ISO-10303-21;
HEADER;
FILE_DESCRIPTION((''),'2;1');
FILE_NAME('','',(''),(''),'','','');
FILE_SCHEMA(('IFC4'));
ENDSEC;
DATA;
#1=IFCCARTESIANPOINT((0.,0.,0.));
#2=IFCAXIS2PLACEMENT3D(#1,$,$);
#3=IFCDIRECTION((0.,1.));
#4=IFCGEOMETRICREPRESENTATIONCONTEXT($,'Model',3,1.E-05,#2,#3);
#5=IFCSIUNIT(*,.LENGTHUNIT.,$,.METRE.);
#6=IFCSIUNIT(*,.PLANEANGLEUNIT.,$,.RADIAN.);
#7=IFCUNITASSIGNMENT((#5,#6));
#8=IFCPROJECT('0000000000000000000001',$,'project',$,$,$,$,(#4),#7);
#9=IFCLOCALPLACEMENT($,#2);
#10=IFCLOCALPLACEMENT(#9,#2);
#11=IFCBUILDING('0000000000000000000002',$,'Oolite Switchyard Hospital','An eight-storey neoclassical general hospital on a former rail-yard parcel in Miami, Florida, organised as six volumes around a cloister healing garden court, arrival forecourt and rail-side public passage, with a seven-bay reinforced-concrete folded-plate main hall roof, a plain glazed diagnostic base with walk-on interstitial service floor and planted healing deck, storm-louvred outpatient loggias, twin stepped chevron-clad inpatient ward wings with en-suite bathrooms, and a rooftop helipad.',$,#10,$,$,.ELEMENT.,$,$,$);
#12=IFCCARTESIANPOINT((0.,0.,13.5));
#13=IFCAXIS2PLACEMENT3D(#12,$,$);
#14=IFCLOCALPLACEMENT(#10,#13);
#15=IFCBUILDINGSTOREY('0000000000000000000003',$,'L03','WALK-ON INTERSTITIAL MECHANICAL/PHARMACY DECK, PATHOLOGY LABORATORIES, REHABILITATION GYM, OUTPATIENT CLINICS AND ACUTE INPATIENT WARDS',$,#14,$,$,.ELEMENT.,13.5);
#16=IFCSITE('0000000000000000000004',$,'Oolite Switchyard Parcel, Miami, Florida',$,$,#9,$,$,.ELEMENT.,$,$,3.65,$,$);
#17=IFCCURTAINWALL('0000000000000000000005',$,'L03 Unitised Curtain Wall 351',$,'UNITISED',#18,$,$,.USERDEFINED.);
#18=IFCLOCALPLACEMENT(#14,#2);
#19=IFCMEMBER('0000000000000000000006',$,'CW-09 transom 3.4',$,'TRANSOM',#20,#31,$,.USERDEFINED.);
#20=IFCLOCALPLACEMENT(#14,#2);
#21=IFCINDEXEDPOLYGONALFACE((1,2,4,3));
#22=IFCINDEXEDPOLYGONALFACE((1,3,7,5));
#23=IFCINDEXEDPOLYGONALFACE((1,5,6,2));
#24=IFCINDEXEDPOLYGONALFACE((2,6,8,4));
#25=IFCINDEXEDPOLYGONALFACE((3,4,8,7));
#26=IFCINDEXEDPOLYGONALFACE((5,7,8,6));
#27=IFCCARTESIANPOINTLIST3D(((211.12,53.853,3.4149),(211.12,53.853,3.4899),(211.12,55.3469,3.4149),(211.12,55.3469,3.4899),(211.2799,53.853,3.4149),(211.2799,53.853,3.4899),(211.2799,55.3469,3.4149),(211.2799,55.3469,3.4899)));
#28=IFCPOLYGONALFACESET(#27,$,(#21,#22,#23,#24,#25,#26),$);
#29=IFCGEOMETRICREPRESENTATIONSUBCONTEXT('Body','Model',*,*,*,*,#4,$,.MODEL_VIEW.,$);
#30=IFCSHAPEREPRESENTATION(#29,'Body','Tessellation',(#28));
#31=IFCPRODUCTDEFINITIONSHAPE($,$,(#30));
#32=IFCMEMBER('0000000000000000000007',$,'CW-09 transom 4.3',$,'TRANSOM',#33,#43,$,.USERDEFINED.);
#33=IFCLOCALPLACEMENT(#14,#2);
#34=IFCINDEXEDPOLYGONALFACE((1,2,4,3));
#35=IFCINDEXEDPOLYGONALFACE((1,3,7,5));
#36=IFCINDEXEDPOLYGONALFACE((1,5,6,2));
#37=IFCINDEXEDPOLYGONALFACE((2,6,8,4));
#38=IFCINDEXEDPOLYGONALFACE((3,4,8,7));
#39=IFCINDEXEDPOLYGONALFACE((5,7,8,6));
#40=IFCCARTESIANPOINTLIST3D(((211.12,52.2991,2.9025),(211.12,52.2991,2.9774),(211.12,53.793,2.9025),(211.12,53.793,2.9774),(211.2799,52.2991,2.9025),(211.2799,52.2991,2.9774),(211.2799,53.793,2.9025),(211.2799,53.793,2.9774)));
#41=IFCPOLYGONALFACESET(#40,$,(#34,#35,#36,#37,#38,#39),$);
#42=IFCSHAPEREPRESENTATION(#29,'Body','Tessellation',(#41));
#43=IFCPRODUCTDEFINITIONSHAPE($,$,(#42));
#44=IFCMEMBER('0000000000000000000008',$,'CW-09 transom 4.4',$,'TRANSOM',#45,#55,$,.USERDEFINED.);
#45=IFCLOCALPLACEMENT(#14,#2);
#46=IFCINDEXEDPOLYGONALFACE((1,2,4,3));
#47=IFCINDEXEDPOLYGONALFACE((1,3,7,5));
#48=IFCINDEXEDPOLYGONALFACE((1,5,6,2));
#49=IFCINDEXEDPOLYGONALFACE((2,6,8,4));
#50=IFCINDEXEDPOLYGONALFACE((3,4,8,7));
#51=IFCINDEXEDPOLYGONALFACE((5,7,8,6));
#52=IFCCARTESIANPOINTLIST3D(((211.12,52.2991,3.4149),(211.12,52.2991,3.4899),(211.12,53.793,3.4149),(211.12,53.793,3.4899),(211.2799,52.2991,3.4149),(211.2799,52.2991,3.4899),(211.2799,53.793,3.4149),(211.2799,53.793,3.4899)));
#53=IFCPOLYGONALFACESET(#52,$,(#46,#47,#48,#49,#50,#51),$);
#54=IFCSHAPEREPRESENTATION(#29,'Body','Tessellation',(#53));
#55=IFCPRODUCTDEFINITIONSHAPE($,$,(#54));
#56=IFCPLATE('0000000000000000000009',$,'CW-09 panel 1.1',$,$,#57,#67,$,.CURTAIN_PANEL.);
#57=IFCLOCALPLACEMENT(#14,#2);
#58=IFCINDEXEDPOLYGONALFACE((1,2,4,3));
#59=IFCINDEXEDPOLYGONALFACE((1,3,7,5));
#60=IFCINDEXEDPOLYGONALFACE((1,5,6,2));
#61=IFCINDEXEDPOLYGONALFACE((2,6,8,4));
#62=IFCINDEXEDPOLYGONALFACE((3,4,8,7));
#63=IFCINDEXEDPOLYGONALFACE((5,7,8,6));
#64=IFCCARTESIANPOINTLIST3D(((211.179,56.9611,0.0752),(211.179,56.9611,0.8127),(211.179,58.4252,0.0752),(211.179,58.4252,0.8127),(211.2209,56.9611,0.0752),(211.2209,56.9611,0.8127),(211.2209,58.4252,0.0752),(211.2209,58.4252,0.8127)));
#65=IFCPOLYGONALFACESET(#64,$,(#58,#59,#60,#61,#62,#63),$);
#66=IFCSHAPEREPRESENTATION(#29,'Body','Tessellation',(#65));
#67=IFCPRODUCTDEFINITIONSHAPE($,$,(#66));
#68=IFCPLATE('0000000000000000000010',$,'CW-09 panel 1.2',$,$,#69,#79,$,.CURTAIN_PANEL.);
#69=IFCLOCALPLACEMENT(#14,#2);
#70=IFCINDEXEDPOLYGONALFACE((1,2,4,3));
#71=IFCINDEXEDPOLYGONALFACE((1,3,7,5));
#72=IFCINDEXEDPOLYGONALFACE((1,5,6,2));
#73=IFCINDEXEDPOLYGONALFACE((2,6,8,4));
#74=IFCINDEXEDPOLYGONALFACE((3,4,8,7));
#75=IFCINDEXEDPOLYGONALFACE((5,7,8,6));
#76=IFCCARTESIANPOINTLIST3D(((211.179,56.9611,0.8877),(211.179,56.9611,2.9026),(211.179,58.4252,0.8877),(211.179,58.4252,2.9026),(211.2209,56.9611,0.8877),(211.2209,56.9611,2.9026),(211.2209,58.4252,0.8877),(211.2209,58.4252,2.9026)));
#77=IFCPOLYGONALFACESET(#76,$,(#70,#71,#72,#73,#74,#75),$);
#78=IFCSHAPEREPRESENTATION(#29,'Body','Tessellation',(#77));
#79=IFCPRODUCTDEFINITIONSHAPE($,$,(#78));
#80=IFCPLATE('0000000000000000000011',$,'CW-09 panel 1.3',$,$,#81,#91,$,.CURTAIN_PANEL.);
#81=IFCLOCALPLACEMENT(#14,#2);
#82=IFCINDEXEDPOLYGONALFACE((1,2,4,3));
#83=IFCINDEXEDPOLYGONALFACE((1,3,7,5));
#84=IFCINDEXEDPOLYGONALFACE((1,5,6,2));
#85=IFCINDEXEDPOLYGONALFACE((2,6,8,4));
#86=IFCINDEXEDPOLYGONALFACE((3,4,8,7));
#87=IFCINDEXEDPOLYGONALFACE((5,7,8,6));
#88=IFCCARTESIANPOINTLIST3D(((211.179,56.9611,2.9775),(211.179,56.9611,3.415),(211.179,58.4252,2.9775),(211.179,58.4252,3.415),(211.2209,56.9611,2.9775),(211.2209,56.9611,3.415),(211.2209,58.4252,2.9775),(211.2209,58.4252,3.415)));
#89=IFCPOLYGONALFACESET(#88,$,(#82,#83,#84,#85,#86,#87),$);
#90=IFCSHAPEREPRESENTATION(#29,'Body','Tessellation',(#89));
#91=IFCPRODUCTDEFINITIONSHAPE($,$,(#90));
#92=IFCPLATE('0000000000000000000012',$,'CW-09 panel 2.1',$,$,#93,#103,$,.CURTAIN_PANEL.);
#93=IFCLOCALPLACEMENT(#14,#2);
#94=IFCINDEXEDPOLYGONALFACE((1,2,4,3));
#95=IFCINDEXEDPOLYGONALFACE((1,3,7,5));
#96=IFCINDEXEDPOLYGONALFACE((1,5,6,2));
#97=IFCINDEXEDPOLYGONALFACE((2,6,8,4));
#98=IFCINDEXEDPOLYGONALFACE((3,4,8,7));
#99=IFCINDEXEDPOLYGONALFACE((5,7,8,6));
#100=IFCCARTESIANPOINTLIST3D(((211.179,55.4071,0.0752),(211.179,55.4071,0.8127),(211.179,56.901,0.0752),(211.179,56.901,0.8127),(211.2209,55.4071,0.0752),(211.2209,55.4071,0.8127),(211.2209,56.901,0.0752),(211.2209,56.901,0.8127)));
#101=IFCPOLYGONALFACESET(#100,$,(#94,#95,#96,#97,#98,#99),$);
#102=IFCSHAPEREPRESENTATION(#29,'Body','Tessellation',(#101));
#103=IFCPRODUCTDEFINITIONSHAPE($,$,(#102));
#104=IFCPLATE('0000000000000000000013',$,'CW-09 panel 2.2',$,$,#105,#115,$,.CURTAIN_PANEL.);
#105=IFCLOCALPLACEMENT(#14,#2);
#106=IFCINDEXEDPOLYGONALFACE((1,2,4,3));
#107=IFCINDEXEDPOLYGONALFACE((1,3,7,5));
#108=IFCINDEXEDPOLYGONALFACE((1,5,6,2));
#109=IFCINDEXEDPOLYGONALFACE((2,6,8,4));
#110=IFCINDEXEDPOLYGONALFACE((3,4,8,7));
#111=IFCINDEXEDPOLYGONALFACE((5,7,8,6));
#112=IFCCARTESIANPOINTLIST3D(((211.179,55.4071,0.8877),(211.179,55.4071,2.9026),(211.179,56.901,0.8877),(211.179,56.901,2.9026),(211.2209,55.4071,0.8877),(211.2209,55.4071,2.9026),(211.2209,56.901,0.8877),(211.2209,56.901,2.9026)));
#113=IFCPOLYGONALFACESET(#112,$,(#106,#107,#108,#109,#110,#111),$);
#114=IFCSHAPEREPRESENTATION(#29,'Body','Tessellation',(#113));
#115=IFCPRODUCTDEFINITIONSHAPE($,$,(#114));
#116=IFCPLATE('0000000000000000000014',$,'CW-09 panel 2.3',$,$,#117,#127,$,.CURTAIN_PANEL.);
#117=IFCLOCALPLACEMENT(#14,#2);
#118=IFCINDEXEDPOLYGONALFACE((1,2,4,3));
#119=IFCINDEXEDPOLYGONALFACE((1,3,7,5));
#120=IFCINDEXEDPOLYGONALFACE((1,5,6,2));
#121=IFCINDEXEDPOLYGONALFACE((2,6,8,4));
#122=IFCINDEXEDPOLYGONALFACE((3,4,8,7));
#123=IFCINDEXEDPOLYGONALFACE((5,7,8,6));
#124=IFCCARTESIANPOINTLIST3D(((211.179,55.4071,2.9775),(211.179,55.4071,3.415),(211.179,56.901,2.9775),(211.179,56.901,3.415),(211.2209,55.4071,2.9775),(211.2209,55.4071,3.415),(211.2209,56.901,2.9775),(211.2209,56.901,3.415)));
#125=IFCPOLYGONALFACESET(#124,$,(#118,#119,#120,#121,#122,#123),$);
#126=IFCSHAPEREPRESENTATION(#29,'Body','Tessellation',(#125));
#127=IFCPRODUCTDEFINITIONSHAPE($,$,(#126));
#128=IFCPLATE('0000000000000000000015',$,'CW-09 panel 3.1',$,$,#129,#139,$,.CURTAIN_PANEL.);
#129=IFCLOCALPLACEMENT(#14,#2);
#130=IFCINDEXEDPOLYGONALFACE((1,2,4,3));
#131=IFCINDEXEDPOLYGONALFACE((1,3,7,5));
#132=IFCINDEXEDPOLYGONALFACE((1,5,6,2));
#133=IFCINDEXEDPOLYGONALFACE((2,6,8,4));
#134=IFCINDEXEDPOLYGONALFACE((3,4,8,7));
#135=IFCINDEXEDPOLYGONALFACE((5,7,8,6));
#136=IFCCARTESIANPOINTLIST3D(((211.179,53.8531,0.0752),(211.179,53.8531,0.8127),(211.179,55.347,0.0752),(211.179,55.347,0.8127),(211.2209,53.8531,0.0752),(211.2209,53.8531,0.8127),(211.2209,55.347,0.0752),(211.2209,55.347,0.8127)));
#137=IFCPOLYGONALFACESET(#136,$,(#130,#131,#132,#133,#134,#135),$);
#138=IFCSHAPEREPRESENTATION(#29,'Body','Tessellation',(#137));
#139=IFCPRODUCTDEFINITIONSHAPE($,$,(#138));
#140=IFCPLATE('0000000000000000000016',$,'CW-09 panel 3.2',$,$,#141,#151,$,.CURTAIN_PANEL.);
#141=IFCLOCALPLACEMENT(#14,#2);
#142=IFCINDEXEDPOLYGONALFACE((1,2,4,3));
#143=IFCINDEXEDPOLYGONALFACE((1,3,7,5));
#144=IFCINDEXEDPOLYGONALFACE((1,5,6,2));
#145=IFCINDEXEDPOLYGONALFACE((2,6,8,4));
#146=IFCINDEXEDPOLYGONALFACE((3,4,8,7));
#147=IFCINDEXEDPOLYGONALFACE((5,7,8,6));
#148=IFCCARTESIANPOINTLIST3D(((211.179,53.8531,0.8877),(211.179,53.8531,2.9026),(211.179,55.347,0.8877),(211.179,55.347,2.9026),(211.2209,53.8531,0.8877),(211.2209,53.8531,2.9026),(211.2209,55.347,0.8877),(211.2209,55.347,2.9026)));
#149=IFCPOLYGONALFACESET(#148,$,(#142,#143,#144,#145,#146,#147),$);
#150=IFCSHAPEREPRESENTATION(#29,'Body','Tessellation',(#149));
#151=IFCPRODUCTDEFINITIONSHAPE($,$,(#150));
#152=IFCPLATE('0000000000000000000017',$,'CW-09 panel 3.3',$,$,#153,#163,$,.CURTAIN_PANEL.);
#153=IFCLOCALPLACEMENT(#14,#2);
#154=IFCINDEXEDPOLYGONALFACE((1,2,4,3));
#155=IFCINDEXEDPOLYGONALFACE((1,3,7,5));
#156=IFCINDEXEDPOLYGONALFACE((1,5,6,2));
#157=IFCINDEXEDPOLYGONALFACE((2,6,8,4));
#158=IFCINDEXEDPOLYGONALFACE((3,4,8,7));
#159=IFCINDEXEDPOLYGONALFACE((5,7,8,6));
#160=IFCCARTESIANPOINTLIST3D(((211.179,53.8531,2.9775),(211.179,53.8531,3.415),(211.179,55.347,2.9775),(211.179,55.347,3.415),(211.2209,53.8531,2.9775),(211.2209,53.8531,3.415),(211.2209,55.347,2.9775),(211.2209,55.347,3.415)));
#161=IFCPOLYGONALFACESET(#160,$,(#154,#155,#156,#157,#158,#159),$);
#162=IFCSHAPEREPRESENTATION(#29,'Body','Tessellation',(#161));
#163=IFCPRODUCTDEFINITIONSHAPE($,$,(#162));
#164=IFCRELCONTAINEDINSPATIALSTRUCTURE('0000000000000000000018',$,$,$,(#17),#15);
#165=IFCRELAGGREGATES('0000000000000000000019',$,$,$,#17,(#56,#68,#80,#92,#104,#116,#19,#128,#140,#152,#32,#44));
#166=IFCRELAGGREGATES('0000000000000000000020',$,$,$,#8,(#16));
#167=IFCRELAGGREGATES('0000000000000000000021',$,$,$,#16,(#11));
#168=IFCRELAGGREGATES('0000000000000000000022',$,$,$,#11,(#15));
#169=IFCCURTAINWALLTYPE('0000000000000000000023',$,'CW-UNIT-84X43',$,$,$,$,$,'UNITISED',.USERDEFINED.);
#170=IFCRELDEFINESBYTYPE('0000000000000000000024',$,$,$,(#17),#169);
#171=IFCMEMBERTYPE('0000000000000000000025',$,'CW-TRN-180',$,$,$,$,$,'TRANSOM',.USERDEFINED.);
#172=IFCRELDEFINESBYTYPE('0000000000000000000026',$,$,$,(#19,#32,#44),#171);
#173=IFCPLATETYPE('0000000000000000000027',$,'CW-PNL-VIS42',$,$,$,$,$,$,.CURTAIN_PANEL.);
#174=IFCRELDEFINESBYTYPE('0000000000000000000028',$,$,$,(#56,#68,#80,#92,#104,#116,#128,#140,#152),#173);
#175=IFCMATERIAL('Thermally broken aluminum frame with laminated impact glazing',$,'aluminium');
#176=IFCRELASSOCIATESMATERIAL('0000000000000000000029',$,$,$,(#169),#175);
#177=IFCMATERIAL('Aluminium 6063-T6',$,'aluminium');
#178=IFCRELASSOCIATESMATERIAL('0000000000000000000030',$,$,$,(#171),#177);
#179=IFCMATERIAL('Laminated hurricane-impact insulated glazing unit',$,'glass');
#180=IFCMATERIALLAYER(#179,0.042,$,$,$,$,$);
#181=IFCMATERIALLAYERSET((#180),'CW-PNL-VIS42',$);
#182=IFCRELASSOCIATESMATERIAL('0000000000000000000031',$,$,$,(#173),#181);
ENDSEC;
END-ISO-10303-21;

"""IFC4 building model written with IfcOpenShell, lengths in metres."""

from ifc_helpers import new_model, si_unit, direction, frame, origin, origin_2d, place, context, subcontext, project, spatial, rectangle, extrude, material, layer, layer_set, material_profile, profile_set, type_object, element, aggregate, save


model = new_model("IFC4")

# Units and contexts
model_context = context("Model", 3, precision=1e-05, world=origin(), true_north=direction((0.0, 1.0)))
body_context = subcontext(model_context, "Body", "Model", "MODEL_VIEW")
ifc_project = project(units=[si_unit("LENGTHUNIT", "METRE"), si_unit("PLANEANGLEUNIT", "RADIAN")], contexts=[model_context])

# Site, building, storey
site_placement = place(None, origin())
site = spatial("IfcSite", under=ifc_project, at=site_placement, Name="Oolite Switchyard Parcel, Miami, Florida", CompositionType="ELEMENT", RefElevation=3.65)
building_placement = place(site_placement, origin())
building = spatial("IfcBuilding", under=site, at=building_placement, Name="Oolite Switchyard Hospital", Description="An eight-storey neoclassical general hospital on a former rail-yard parcel in Miami, Florida, organised as six volumes around a cloister healing garden court, arrival forecourt and rail-side public passage, with a seven-bay reinforced-concrete folded-plate main hall roof, a plain glazed diagnostic base with walk-on interstitial service floor and planted healing deck, storm-louvred outpatient loggias, twin stepped chevron-clad inpatient ward wings with en-suite bathrooms, and a rooftop helipad.", CompositionType="ELEMENT")
storey_placement = place(building_placement, frame((0.0, 0.0, 13.5)))
storey = spatial("IfcBuildingStorey", under=building, at=storey_placement, Name="L03", Description="WALK-ON INTERSTITIAL MECHANICAL/PHARMACY DECK, PATHOLOGY LABORATORIES, REHABILITATION GYM, OUTPATIENT CLINICS AND ACUTE INPATIENT WARDS", CompositionType="ELEMENT", Elevation=13.5)

# Curtain wall, members, plates
ifc_material_1 = material(Name="Thermally broken aluminum frame with laminated impact glazing", Category="aluminium")
curtain_wall_type = type_object("IfcCurtainWallType", Name="CW-UNIT-84X43", ElementType="UNITISED", PredefinedType="USERDEFINED", material=ifc_material_1)
curtain_wall_placement = place(storey_placement, origin())
curtain_wall = element("IfcCurtainWall", 1, at=curtain_wall_placement, inside=storey, type_object=curtain_wall_type, Name="L03 Unitised Curtain Wall 351", ObjectType="UNITISED", PredefinedType="USERDEFINED")
ifc_material_2 = material(Name="Aluminium 6063-T6", Category="aluminium")
ifc_material_profile_1 = material_profile(ifc_material_2, rectangle(XDim=0.1599, YDim=0.075, at=origin_2d()), Name="CWT75X160")
ifc_profile_set_1 = profile_set([ifc_material_profile_1], Name="Aluminium 6063-T6")
member_type_1 = type_object("IfcMemberType", Name="CW-TRN-180", ElementType="TRANSOM", PredefinedType="USERDEFINED", material=ifc_profile_set_1)
member_1_placement = place(storey_placement, frame((211.2, 55.3469, 3.4524), z_axis=(0.0, -1.0, 0.0), x_axis=(1.0, 0.0, 0.0)))
member_1 = element("IfcMember", 2, at=member_1_placement, type_object=member_type_1, Name="CW-09 transom 3.4", ObjectType="TRANSOM", PredefinedType="USERDEFINED", context=body_context, shape_type="SweptSolid", body=[
    extrude(rectangle(XDim=0.1599, YDim=0.075, at=origin_2d()), origin(), (0.0, 0.0, 1.0), 1.4939),
])
member_2_placement = place(storey_placement, frame((211.2, 53.793, 2.9399), z_axis=(0.0, -1.0, 0.0), x_axis=(1.0, 0.0, 0.0)))
member_2 = element("IfcMember", 3, at=member_2_placement, type_object=member_type_1, Name="CW-09 transom 4.3", ObjectType="TRANSOM", PredefinedType="USERDEFINED", context=body_context, shape_type="SweptSolid", body=[
    extrude(rectangle(XDim=0.1599, YDim=0.075, at=origin_2d()), origin(), (0.0, 0.0, 1.0), 1.4939),
])
member_3_placement = place(storey_placement, frame((211.2, 53.793, 3.4524), z_axis=(0.0, -1.0, 0.0), x_axis=(1.0, 0.0, 0.0)))
member_3 = element("IfcMember", 4, at=member_3_placement, type_object=member_type_1, Name="CW-09 transom 4.4", ObjectType="TRANSOM", PredefinedType="USERDEFINED", context=body_context, shape_type="SweptSolid", body=[
    extrude(rectangle(XDim=0.1599, YDim=0.075, at=origin_2d()), origin(), (0.0, 0.0, 1.0), 1.4939),
])
ifc_material_3 = material(Name="Laminated hurricane-impact insulated glazing unit", Category="glass")
ifc_layer = layer(ifc_material_3, 0.042)
ifc_layer_set = layer_set([ifc_layer], Name="CW-PNL-VIS42")
plate_type = type_object("IfcPlateType", Name="CW-PNL-VIS42", PredefinedType="CURTAIN_PANEL", material=ifc_layer_set)
plate_1_placement = place(storey_placement, frame((211.2, 57.6931, 0.0752), z_axis=(0.0, 0.0, 1.0), x_axis=(0.0, -1.0, 0.0)))
plate_1 = element("IfcPlate", 5, at=plate_1_placement, type_object=plate_type, Name="CW-09 panel 1.1", PredefinedType="CURTAIN_PANEL", context=body_context, shape_type="SweptSolid", body=[
    extrude(rectangle(XDim=1.4641, YDim=0.042, at=origin_2d()), origin(), (0.0, 0.0, 1.0), 0.7375),
])
plate_2_placement = place(storey_placement, frame((211.2, 57.6931, 0.8877), z_axis=(0.0, 0.0, 1.0), x_axis=(0.0, -1.0, 0.0)))
plate_2 = element("IfcPlate", 6, at=plate_2_placement, type_object=plate_type, Name="CW-09 panel 1.2", PredefinedType="CURTAIN_PANEL", context=body_context, shape_type="SweptSolid", body=[
    extrude(rectangle(XDim=1.4641, YDim=0.042, at=origin_2d()), origin(), (0.0, 0.0, 1.0), 2.0149),
])
plate_3_placement = place(storey_placement, frame((211.2, 57.6931, 2.9775), z_axis=(0.0, 0.0, 1.0), x_axis=(0.0, -1.0, 0.0)))
plate_3 = element("IfcPlate", 7, at=plate_3_placement, type_object=plate_type, Name="CW-09 panel 1.3", PredefinedType="CURTAIN_PANEL", context=body_context, shape_type="SweptSolid", body=[
    extrude(rectangle(XDim=1.4641, YDim=0.042, at=origin_2d()), origin(), (0.0, 0.0, 1.0), 0.4375),
])
plate_4_placement = place(storey_placement, frame((211.2, 56.1541, 0.0752), z_axis=(0.0, 0.0, 1.0), x_axis=(0.0, -1.0, 0.0)))
plate_4 = element("IfcPlate", 8, at=plate_4_placement, type_object=plate_type, Name="CW-09 panel 2.1", PredefinedType="CURTAIN_PANEL", context=body_context, shape_type="SweptSolid", body=[
    extrude(rectangle(XDim=1.4939, YDim=0.042, at=origin_2d()), origin(), (0.0, 0.0, 1.0), 0.7375),
])
plate_5_placement = place(storey_placement, frame((211.2, 56.1541, 0.8877), z_axis=(0.0, 0.0, 1.0), x_axis=(0.0, -1.0, 0.0)))
plate_5 = element("IfcPlate", 9, at=plate_5_placement, type_object=plate_type, Name="CW-09 panel 2.2", PredefinedType="CURTAIN_PANEL", context=body_context, shape_type="SweptSolid", body=[
    extrude(rectangle(XDim=1.4939, YDim=0.042, at=origin_2d()), origin(), (0.0, 0.0, 1.0), 2.0149),
])
plate_6_placement = place(storey_placement, frame((211.2, 56.1541, 2.9775), z_axis=(0.0, 0.0, 1.0), x_axis=(0.0, -1.0, 0.0)))
plate_6 = element("IfcPlate", 10, at=plate_6_placement, type_object=plate_type, Name="CW-09 panel 2.3", PredefinedType="CURTAIN_PANEL", context=body_context, shape_type="SweptSolid", body=[
    extrude(rectangle(XDim=1.4939, YDim=0.042, at=origin_2d()), origin(), (0.0, 0.0, 1.0), 0.4375),
])
plate_7_placement = place(storey_placement, frame((211.2, 54.6001, 0.0752), z_axis=(0.0, 0.0, 1.0), x_axis=(0.0, -1.0, 0.0)))
plate_7 = element("IfcPlate", 11, at=plate_7_placement, type_object=plate_type, Name="CW-09 panel 3.1", PredefinedType="CURTAIN_PANEL", context=body_context, shape_type="SweptSolid", body=[
    extrude(rectangle(XDim=1.4939, YDim=0.042, at=origin_2d()), origin(), (0.0, 0.0, 1.0), 0.7375),
])
plate_8_placement = place(storey_placement, frame((211.2, 54.6001, 0.8877), z_axis=(0.0, 0.0, 1.0), x_axis=(0.0, -1.0, 0.0)))
plate_8 = element("IfcPlate", 12, at=plate_8_placement, type_object=plate_type, Name="CW-09 panel 3.2", PredefinedType="CURTAIN_PANEL", context=body_context, shape_type="SweptSolid", body=[
    extrude(rectangle(XDim=1.4939, YDim=0.042, at=origin_2d()), origin(), (0.0, 0.0, 1.0), 2.0149),
])
plate_9_placement = place(storey_placement, frame((211.2, 54.6001, 2.9775), z_axis=(0.0, 0.0, 1.0), x_axis=(0.0, -1.0, 0.0)))
plate_9 = element("IfcPlate", 13, at=plate_9_placement, type_object=plate_type, Name="CW-09 panel 3.3", PredefinedType="CURTAIN_PANEL", context=body_context, shape_type="SweptSolid", body=[
    extrude(rectangle(XDim=1.4939, YDim=0.042, at=origin_2d()), origin(), (0.0, 0.0, 1.0), 0.4375),
])
aggregate(curtain_wall, [plate_1, plate_2, plate_3, plate_4, plate_5, plate_6, member_1, plate_7, plate_8, plate_9, member_2, member_3])

save(model, "model.ifc")
